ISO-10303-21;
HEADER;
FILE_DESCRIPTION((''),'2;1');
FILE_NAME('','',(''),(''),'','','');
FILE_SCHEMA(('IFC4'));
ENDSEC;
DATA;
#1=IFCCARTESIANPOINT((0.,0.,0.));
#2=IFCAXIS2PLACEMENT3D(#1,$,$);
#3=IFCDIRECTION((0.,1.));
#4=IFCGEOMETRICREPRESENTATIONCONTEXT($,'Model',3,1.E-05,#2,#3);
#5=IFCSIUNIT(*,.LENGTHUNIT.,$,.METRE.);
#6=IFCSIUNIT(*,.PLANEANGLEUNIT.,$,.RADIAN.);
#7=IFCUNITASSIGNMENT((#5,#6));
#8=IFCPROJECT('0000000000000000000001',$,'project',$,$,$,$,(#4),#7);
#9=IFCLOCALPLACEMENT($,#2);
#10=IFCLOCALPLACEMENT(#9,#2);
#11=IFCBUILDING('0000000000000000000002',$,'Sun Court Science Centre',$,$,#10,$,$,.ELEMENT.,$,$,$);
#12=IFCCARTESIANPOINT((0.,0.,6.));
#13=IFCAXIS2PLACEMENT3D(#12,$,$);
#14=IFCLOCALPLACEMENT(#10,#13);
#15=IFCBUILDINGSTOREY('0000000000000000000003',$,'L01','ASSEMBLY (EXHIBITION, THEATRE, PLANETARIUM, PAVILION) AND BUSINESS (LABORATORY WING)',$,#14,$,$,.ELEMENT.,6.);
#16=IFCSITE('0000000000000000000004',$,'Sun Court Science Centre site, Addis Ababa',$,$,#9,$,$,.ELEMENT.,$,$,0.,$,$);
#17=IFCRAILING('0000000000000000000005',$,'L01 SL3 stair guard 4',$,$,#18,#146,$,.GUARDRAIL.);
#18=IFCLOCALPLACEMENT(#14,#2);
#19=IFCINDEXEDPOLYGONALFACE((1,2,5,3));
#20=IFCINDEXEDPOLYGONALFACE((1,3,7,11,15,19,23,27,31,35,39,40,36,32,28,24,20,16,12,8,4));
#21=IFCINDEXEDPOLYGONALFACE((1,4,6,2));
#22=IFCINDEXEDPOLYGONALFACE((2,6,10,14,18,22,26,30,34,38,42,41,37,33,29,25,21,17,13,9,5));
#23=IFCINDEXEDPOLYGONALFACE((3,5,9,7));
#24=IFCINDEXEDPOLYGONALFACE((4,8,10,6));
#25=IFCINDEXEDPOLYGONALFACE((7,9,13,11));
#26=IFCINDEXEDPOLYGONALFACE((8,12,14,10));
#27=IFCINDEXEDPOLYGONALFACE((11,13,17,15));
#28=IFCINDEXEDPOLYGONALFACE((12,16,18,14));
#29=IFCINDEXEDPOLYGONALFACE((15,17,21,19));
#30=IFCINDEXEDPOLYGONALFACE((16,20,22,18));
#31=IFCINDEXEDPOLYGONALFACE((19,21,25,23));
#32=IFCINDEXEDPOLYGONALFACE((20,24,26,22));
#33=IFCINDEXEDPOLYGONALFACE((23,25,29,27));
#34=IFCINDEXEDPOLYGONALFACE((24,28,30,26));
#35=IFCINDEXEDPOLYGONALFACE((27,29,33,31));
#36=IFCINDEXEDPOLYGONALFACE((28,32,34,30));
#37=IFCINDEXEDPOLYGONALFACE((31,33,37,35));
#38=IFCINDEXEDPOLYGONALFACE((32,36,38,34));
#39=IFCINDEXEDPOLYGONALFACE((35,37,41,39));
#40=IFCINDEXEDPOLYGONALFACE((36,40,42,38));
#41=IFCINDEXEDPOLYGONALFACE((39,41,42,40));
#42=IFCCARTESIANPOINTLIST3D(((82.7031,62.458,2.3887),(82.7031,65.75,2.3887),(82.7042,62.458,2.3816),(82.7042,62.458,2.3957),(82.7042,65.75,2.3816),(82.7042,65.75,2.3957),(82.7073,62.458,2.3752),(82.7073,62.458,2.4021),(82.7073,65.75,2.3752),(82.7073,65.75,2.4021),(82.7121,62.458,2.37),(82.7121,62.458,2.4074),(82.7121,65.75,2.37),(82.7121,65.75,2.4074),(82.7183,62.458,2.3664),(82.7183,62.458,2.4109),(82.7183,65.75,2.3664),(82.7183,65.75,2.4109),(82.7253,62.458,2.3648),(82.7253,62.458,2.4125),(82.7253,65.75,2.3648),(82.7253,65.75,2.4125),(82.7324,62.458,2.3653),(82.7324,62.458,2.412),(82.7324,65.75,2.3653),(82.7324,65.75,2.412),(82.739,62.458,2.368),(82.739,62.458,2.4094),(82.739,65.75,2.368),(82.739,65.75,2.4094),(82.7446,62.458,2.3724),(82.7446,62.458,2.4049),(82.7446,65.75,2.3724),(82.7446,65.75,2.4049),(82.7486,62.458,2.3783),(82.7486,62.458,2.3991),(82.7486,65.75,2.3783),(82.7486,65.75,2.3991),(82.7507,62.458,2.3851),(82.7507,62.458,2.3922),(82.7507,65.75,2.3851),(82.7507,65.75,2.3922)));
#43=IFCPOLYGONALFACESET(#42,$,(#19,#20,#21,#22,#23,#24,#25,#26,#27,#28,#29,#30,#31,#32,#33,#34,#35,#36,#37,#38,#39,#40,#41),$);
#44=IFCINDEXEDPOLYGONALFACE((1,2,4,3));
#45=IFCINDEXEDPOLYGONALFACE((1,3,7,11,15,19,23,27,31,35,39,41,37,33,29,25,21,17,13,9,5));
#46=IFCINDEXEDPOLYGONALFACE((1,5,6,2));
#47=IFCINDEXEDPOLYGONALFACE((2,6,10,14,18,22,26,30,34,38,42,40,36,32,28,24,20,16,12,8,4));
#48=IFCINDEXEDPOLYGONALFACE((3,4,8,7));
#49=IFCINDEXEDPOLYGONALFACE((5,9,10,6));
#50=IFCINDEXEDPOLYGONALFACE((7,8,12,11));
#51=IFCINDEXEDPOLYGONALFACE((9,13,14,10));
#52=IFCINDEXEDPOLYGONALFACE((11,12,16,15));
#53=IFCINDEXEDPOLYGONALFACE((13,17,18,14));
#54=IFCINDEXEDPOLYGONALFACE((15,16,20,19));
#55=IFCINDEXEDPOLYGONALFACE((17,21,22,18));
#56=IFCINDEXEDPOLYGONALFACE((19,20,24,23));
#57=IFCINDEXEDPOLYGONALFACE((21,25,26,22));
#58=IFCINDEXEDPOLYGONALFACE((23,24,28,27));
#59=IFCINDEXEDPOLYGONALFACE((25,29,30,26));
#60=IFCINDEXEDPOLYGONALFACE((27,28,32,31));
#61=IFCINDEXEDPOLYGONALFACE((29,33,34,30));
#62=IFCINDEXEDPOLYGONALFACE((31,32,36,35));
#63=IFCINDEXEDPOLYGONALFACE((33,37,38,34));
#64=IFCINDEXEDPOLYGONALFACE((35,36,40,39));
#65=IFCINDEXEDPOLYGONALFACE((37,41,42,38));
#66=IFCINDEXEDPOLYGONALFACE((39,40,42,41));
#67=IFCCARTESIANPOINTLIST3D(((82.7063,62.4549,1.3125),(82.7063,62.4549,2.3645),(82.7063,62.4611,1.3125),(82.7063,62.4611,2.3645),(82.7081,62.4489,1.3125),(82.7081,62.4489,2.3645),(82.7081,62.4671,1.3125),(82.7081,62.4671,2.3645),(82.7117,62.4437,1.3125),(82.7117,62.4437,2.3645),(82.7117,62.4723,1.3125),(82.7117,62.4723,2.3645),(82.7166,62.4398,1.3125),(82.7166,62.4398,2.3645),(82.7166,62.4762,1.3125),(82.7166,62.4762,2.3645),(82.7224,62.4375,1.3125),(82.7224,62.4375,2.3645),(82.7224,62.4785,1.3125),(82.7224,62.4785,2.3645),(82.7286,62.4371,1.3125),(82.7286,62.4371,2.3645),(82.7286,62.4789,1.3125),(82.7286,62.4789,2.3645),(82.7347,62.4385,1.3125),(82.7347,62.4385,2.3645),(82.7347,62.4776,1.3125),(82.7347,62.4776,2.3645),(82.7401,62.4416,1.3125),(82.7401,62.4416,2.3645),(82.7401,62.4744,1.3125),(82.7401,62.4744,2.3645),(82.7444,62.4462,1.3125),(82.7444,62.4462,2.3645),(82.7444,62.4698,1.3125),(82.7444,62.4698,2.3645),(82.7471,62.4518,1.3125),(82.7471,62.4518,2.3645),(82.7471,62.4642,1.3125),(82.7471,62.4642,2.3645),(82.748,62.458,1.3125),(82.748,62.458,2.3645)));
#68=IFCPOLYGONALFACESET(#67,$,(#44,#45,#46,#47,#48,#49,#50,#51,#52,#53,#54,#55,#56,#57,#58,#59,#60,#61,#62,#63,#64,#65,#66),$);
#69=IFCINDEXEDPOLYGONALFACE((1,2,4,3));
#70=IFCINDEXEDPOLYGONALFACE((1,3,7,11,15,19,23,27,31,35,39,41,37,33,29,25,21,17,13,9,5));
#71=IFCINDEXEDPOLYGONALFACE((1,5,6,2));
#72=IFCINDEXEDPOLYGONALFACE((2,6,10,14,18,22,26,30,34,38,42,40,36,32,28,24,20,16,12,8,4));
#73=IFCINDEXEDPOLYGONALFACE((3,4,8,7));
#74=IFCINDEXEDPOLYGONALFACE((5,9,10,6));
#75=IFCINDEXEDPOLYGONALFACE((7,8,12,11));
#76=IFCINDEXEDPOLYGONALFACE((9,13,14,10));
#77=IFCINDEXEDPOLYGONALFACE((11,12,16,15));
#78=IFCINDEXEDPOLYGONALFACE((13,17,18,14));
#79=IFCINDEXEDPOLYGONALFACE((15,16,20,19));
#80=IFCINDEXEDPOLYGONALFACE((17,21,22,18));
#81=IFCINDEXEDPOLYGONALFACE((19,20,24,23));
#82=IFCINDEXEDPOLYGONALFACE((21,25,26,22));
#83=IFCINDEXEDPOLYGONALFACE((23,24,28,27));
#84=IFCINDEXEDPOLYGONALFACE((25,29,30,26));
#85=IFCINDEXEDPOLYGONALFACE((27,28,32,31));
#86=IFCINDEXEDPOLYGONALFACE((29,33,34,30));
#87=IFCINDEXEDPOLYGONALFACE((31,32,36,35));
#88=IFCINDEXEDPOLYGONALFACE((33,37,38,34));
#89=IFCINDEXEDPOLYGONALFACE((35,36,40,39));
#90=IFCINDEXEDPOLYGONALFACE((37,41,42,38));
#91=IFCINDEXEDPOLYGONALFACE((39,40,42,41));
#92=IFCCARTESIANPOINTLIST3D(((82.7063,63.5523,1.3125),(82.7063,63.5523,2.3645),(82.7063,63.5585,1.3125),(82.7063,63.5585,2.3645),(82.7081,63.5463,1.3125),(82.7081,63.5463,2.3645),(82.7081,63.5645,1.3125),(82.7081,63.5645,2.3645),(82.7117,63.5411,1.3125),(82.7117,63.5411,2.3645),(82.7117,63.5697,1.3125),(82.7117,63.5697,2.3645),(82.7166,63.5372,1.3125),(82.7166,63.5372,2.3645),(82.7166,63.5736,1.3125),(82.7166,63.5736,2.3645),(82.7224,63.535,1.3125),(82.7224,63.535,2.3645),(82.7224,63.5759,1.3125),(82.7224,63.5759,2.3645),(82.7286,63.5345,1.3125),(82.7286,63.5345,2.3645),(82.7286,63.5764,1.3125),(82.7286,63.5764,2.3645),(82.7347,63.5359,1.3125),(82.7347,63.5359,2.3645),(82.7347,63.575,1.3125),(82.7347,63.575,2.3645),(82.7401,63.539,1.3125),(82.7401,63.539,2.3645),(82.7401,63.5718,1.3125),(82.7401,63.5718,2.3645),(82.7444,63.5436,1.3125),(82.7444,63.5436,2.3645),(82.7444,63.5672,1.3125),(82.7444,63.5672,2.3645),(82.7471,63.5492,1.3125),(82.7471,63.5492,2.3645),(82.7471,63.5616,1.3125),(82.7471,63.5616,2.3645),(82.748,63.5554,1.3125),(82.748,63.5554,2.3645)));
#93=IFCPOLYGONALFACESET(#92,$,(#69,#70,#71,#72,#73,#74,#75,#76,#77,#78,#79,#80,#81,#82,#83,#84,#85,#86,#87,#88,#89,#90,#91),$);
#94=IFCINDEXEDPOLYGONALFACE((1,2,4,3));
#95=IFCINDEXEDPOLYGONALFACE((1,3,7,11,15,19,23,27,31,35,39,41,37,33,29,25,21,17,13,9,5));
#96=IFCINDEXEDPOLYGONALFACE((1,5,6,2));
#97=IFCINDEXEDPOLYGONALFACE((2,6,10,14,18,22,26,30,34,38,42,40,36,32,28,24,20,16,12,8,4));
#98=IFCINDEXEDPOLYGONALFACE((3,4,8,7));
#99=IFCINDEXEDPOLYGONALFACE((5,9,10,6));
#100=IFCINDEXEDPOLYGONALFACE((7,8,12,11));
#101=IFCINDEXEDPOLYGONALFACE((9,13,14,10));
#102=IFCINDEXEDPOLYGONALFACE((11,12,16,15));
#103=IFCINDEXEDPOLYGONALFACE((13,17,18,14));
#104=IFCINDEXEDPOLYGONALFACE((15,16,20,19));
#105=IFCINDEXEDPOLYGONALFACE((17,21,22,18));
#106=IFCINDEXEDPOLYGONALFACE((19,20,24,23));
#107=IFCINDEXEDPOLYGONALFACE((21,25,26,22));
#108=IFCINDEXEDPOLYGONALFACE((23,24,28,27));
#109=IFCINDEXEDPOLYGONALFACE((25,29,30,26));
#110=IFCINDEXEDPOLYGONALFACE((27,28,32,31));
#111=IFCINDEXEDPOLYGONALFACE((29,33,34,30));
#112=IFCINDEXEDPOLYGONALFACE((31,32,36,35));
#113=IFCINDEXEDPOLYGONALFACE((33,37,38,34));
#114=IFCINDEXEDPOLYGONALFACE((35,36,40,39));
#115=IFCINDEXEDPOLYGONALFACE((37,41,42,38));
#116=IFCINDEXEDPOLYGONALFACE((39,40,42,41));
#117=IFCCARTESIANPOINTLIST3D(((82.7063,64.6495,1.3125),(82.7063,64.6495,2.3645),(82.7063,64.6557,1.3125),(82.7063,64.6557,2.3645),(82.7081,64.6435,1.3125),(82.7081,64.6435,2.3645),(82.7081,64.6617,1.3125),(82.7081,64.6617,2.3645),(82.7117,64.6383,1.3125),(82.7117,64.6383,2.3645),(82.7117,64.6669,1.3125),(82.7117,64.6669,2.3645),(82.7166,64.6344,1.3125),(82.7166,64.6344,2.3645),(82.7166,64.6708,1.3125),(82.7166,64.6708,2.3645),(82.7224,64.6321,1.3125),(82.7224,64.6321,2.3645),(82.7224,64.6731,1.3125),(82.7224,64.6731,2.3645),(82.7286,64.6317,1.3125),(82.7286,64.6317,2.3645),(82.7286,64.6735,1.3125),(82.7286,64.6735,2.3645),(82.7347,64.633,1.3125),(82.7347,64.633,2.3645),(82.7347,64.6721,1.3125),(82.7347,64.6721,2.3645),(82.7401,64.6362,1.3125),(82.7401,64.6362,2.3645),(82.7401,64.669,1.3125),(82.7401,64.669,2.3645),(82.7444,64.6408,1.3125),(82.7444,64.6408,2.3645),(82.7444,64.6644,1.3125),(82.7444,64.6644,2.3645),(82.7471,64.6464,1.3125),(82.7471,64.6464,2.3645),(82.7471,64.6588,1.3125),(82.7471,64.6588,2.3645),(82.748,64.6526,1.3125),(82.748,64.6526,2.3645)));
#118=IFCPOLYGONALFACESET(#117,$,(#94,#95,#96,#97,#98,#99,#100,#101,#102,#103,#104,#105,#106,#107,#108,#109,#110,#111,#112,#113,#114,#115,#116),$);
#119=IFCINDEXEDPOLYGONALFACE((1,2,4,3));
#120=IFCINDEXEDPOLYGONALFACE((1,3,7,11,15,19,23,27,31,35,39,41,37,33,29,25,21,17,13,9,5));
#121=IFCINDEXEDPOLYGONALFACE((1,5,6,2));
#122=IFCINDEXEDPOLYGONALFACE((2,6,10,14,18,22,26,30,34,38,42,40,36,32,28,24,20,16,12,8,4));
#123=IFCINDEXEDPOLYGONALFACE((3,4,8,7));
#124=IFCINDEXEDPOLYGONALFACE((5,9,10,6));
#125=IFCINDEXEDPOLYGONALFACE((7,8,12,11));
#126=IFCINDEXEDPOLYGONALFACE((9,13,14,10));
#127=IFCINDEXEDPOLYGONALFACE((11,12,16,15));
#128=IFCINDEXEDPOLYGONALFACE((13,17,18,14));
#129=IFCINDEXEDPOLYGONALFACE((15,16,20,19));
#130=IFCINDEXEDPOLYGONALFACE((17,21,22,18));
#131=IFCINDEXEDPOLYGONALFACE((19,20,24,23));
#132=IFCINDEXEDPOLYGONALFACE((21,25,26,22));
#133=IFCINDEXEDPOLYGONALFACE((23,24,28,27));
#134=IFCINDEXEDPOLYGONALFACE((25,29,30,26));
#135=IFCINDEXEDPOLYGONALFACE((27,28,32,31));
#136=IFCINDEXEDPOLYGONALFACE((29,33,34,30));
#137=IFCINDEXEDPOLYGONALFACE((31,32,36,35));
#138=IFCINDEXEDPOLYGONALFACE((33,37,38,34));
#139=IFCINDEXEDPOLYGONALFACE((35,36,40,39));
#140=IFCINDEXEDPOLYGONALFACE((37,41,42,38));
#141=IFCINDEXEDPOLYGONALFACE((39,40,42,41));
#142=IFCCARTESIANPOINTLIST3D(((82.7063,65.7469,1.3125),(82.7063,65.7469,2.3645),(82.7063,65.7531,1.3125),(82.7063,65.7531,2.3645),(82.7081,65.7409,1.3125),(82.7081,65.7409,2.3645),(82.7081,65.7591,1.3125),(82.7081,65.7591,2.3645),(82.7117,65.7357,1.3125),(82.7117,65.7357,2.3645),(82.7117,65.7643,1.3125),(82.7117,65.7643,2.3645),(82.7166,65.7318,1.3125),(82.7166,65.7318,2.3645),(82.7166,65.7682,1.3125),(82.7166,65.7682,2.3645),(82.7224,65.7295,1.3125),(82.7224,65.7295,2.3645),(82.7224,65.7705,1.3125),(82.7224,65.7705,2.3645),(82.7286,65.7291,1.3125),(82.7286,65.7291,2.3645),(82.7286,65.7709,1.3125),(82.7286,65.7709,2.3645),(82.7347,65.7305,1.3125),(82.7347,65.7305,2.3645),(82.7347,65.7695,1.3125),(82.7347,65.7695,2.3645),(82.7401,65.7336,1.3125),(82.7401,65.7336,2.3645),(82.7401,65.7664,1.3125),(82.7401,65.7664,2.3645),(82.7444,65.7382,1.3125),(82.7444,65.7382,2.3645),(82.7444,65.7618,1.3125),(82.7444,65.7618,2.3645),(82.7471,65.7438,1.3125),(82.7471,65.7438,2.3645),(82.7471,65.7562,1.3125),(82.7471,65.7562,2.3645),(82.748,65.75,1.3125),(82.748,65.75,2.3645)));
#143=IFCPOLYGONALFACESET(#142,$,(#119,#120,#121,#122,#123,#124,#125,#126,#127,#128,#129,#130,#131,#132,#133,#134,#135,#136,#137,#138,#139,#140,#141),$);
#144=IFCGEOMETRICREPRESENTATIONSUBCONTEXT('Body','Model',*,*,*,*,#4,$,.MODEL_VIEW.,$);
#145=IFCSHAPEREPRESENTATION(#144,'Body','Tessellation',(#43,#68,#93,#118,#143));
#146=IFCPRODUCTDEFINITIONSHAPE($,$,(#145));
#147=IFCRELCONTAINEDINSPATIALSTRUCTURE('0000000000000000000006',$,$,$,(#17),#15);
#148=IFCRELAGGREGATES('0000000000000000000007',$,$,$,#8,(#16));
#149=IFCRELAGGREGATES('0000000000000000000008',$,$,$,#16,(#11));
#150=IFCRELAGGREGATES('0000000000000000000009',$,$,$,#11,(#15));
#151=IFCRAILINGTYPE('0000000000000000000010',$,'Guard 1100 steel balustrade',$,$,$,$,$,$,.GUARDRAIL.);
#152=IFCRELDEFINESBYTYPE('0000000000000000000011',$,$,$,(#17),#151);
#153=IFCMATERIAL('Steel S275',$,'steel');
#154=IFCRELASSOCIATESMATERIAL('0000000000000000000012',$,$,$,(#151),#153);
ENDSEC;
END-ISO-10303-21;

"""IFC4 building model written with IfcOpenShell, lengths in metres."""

from ifc_helpers import new_model, si_unit, direction, frame, origin, origin_2d, place, context, subcontext, project, spatial, circle, extrude, material, type_object, element, save


model = new_model("IFC4")

# Units and contexts
model_context = context("Model", 3, precision=1e-05, world=origin(), true_north=direction((0.0, 1.0)))
body_context = subcontext(model_context, "Body", "Model", "MODEL_VIEW")
ifc_project = project(units=[si_unit("LENGTHUNIT", "METRE"), si_unit("PLANEANGLEUNIT", "RADIAN")], contexts=[model_context])

# Site, building, storey
site_placement = place(None, origin())
site = spatial("IfcSite", under=ifc_project, at=site_placement, Name="Sun Court Science Centre site, Addis Ababa", CompositionType="ELEMENT", RefElevation=0.0)
building_placement = place(site_placement, origin())
building = spatial("IfcBuilding", under=site, at=building_placement, Name="Sun Court Science Centre", CompositionType="ELEMENT")
storey_placement = place(building_placement, frame((0.0, 0.0, 6.0)))
storey = spatial("IfcBuildingStorey", under=building, at=storey_placement, Name="L01", Description="ASSEMBLY (EXHIBITION, THEATRE, PLANETARIUM, PAVILION) AND BUSINESS (LABORATORY WING)", CompositionType="ELEMENT", Elevation=6.0)

# Railing
ifc_material_1 = material(Name="Steel S275", Category="steel")
railing_type_1 = type_object("IfcRailingType", Name="Guard 1100 steel balustrade", PredefinedType="GUARDRAIL", material=ifc_material_1)
for number, where, name in (
    (1, (82.7271, 62.458, 1.3125), "L01 SL3 stair guard 4"),
):
    element("IfcRailing", number, at=place(storey_placement, frame(where)), inside=storey, type_object=railing_type_1, Name=name, PredefinedType="GUARDRAIL", context=body_context, shape_type="SweptSolid", body=[
        extrude(circle(Radius=0.0239, at=origin_2d()), frame((0.0, 0.0, 1.0762), z_axis=(0.0, 1.0, 0.0), x_axis=(-1.0, 0.0, 0.0)), (0.0, 0.0, 1.0), 3.292),
        extrude(circle(Radius=0.021, at=origin_2d()), origin(), (0.0, 0.0, 1.0), 1.052),
        extrude(circle(Radius=0.021, at=origin_2d()), frame((0.0, 1.0974, 0.0)), (0.0, 0.0, 1.0), 1.052),
        extrude(circle(Radius=0.021, at=origin_2d()), frame((0.0, 2.1946, 0.0)), (0.0, 0.0, 1.0), 1.052),
        extrude(circle(Radius=0.021, at=origin_2d()), frame((0.0, 3.292, 0.0)), (0.0, 0.0, 1.0), 1.052),
    ])

save(model, "model.ifc")
